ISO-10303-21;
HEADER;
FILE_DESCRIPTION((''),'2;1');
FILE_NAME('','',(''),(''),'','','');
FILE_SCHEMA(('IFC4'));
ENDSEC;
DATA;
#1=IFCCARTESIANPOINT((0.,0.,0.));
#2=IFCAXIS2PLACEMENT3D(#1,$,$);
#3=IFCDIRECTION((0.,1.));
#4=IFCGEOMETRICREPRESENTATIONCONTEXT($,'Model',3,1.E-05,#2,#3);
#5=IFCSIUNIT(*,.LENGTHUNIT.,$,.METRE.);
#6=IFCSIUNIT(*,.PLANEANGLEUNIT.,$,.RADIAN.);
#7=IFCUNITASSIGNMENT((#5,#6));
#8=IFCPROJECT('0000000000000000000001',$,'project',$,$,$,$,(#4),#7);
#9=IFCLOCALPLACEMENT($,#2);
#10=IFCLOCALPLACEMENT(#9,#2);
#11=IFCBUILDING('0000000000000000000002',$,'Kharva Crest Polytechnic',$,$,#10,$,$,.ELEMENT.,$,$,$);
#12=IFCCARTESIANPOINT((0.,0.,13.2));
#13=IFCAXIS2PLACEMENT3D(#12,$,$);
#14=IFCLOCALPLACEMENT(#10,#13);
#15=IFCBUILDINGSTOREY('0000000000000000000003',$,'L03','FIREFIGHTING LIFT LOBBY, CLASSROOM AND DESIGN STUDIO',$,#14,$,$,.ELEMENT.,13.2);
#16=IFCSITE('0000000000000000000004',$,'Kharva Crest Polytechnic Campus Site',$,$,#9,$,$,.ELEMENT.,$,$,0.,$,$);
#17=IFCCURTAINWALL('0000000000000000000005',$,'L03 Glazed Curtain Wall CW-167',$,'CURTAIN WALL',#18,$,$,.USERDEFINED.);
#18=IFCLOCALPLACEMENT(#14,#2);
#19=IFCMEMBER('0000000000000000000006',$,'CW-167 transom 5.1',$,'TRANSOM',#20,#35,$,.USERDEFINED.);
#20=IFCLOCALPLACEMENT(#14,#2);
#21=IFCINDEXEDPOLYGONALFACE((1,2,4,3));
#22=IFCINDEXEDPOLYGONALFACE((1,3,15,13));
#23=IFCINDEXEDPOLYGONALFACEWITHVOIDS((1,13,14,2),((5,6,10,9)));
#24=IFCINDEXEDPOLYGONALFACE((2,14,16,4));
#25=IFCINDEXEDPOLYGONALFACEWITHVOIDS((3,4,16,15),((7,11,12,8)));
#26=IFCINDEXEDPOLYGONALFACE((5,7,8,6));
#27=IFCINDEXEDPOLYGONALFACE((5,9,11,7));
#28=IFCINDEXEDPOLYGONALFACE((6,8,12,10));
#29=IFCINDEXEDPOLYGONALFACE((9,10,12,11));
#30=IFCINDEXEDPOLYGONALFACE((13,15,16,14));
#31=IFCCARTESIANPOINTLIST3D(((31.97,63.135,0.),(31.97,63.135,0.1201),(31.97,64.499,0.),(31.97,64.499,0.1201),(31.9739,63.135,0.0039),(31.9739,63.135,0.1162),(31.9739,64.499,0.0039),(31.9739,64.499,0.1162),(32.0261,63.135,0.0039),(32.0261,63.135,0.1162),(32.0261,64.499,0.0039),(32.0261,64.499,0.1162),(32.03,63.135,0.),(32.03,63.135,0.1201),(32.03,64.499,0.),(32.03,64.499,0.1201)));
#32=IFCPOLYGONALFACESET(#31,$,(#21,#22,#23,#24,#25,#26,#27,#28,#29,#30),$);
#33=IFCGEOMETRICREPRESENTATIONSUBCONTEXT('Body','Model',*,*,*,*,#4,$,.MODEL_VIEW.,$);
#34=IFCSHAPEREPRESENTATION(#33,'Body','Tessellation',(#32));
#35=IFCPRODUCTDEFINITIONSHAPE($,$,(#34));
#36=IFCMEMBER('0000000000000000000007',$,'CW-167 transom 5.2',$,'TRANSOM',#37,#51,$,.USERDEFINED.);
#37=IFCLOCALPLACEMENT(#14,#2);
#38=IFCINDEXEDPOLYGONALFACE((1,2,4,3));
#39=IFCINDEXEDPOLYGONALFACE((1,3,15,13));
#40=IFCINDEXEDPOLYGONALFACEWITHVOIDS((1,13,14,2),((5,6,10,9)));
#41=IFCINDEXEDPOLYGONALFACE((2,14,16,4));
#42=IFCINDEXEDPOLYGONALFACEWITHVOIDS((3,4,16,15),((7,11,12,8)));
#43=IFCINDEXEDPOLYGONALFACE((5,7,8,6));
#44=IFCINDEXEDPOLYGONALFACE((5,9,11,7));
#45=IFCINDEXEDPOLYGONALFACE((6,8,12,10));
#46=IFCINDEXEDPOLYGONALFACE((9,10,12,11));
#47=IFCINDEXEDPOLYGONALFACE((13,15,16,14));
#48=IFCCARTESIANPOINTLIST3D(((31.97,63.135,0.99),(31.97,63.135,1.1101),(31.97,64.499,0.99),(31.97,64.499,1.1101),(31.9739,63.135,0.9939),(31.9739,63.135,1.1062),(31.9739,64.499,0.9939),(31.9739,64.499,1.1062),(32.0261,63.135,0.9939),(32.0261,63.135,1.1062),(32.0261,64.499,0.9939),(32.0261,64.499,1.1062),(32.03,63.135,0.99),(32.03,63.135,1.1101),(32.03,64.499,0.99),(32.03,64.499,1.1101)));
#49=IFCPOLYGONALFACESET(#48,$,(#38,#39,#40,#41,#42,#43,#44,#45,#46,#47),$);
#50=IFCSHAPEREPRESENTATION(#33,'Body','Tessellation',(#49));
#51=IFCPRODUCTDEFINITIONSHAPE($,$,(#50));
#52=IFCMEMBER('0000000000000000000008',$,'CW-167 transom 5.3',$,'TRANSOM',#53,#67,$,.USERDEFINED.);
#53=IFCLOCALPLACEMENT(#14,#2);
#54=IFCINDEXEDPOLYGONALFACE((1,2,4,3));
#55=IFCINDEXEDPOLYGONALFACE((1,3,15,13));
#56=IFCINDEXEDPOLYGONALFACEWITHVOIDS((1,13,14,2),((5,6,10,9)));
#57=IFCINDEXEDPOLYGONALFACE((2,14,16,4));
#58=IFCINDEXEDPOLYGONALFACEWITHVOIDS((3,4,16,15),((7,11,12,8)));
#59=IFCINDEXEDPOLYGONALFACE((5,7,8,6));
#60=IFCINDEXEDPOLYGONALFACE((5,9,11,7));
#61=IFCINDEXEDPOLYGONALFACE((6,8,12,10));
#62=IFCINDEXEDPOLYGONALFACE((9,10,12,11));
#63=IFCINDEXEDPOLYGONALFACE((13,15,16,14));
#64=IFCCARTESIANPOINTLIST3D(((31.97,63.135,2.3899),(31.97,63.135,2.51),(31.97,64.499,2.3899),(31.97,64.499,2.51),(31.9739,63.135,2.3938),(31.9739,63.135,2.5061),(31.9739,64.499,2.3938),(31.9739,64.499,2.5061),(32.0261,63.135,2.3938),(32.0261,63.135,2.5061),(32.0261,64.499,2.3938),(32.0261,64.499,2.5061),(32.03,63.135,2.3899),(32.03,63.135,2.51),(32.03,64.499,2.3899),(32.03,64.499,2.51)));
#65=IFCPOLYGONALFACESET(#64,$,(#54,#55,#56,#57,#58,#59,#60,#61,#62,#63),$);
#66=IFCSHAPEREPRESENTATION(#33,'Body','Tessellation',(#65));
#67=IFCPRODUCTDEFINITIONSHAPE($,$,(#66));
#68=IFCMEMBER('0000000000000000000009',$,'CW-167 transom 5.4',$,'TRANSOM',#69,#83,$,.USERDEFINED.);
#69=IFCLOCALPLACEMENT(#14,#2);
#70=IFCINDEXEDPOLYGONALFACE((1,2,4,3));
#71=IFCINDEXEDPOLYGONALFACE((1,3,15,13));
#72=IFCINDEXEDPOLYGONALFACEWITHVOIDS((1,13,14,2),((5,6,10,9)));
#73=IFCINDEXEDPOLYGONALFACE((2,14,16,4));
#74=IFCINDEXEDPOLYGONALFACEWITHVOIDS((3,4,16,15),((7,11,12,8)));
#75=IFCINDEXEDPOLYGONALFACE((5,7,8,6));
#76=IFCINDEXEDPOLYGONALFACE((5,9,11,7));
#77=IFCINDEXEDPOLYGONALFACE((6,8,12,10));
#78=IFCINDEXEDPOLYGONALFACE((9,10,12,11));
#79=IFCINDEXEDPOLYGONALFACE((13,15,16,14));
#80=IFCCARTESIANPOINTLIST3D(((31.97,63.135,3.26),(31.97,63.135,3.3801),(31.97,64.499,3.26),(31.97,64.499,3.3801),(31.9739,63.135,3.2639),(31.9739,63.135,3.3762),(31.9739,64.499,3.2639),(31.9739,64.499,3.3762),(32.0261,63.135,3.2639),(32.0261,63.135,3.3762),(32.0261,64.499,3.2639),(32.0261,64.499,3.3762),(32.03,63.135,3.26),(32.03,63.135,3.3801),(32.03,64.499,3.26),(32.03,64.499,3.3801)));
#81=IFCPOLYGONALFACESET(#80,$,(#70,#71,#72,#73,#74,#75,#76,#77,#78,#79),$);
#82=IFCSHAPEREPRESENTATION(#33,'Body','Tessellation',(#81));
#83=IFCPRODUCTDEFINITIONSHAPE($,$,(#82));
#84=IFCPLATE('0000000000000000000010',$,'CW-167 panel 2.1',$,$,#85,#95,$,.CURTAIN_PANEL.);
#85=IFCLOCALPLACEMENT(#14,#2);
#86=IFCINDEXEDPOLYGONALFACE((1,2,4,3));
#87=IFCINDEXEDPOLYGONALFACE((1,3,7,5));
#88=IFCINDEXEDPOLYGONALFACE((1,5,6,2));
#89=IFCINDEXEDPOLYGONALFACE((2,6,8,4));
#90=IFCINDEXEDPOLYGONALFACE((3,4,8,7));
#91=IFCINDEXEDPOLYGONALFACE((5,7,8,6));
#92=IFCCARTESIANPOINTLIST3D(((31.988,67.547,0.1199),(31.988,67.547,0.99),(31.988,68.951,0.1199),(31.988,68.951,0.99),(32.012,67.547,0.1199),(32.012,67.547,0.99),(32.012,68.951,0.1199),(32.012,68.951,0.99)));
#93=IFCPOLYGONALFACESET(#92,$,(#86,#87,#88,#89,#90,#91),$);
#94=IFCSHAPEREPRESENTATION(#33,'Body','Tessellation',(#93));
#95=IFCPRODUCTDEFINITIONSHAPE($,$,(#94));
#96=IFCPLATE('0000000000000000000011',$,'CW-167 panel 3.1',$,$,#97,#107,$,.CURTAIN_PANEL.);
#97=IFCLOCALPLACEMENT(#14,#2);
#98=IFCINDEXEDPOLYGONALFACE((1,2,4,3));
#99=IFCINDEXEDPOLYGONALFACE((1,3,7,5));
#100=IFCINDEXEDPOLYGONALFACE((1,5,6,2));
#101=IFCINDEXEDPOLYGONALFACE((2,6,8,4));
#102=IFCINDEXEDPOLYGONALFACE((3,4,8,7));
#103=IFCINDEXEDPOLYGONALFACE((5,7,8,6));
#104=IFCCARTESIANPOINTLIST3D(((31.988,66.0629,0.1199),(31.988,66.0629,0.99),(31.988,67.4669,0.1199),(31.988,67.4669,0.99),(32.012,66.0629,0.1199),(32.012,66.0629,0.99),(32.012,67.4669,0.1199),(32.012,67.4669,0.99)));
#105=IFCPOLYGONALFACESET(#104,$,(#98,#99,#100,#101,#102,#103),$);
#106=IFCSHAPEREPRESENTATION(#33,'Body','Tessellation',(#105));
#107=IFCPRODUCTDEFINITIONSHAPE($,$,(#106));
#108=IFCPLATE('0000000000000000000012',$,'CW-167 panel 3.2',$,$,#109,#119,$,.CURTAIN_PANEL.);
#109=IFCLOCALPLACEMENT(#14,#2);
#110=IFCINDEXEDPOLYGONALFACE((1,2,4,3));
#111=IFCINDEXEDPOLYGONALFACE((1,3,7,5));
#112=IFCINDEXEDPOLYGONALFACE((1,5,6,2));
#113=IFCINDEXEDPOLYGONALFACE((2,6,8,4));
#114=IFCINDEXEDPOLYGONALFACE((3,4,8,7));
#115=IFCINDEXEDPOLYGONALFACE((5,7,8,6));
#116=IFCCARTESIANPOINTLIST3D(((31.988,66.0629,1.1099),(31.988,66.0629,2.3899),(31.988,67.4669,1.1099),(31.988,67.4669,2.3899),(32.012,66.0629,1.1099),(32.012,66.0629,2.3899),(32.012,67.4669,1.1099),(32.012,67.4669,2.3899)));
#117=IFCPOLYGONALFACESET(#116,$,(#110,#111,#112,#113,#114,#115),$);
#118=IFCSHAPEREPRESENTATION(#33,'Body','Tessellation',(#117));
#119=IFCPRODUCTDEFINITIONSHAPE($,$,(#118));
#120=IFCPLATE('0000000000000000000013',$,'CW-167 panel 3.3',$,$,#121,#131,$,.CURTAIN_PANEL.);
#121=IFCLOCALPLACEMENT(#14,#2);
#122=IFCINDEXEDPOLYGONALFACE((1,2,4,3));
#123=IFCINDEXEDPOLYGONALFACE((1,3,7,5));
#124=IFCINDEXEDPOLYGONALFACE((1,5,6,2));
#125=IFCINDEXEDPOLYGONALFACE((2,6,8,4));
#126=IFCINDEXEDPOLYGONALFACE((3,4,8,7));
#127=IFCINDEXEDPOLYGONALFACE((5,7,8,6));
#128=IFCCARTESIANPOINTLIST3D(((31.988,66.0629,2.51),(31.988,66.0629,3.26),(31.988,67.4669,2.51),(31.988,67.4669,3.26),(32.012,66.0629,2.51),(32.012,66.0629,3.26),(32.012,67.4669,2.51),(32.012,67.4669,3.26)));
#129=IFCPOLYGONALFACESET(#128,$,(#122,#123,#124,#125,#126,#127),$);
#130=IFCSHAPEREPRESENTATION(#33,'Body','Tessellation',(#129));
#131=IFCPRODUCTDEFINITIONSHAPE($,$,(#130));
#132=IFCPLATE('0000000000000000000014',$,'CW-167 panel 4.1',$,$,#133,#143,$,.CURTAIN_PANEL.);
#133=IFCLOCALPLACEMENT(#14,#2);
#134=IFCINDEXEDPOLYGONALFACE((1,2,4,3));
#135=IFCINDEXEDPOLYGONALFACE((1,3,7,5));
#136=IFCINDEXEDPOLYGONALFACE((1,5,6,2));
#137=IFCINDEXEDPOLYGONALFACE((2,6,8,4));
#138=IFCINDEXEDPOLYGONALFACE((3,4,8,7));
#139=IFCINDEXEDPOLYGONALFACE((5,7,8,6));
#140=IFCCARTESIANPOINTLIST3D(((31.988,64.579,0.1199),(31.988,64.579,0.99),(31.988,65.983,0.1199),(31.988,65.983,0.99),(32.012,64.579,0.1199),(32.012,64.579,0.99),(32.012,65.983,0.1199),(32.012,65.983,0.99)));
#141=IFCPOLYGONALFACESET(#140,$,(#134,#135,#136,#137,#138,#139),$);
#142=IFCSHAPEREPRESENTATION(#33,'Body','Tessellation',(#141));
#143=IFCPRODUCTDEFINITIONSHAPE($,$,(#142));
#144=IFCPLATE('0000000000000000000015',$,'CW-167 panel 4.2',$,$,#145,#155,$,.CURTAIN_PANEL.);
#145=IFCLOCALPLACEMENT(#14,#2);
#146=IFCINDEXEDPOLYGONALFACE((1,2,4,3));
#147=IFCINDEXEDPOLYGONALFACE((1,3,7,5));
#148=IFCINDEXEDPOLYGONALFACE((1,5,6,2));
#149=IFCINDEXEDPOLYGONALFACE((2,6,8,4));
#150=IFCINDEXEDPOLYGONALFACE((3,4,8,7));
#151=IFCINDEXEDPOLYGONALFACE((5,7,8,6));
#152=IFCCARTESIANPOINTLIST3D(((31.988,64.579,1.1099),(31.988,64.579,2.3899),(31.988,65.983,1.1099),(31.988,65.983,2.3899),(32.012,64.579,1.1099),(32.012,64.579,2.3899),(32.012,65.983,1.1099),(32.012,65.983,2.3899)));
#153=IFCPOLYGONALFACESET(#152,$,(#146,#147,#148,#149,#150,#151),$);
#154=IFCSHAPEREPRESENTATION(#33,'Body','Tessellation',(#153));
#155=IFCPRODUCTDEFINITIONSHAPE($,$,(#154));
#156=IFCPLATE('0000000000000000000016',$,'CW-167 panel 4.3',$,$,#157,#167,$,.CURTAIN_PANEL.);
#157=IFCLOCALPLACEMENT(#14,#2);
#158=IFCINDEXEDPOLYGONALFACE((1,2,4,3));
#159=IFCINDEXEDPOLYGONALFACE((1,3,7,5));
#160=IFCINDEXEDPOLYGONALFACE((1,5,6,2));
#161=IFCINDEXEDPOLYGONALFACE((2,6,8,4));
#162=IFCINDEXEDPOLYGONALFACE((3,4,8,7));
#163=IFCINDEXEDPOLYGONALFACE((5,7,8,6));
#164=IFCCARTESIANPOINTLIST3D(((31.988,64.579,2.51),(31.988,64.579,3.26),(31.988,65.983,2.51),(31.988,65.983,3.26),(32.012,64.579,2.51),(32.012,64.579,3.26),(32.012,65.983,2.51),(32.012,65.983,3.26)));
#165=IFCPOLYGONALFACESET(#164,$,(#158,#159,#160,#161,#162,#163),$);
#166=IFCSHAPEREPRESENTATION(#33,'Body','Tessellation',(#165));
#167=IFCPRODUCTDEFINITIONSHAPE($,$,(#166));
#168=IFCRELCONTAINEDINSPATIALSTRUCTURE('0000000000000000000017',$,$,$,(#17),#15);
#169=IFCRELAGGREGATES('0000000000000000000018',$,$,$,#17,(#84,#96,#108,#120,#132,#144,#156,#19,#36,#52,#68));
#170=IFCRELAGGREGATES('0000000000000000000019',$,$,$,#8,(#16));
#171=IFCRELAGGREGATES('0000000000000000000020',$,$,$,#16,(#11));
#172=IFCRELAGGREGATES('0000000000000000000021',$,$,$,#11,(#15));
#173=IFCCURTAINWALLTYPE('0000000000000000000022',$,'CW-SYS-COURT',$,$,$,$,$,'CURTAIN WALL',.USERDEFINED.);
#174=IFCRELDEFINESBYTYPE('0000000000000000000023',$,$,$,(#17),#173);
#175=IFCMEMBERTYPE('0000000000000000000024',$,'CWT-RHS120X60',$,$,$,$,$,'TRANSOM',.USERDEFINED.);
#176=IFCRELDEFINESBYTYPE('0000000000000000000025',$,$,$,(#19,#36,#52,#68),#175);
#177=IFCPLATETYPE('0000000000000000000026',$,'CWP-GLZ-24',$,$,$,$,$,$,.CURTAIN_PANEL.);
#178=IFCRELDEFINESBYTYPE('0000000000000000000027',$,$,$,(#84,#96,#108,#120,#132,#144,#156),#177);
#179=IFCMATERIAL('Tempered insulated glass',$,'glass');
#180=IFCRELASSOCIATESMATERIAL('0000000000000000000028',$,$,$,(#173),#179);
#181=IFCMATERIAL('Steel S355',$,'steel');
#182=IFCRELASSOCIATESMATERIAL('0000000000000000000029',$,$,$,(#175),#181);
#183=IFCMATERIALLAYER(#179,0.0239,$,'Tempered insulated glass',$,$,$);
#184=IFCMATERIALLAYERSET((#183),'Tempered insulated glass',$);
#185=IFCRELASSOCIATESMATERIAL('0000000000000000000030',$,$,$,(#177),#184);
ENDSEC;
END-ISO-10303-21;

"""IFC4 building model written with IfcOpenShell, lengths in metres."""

from ifc_helpers import new_model, si_unit, direction, frame, origin, origin_2d, place, context, subcontext, project, spatial, rectangle, hollow_rectangle, extrude, material, layer, layer_set, material_profile, profile_set, type_object, element, aggregate, save


model = new_model("IFC4")

# Units and contexts
model_context = context("Model", 3, precision=1e-05, world=origin(), true_north=direction((0.0, 1.0)))
body_context = subcontext(model_context, "Body", "Model", "MODEL_VIEW")
ifc_project = project(units=[si_unit("LENGTHUNIT", "METRE"), si_unit("PLANEANGLEUNIT", "RADIAN")], contexts=[model_context])

# Site, building, storey
site_placement = place(None, origin())
site = spatial("IfcSite", under=ifc_project, at=site_placement, Name="Kharva Crest Polytechnic Campus Site", CompositionType="ELEMENT", RefElevation=0.0)
building_placement = place(site_placement, origin())
building = spatial("IfcBuilding", under=site, at=building_placement, Name="Kharva Crest Polytechnic", CompositionType="ELEMENT")
storey_placement = place(building_placement, frame((0.0, 0.0, 13.2)))
storey = spatial("IfcBuildingStorey", under=building, at=storey_placement, Name="L03", Description="FIREFIGHTING LIFT LOBBY, CLASSROOM AND DESIGN STUDIO", CompositionType="ELEMENT", Elevation=13.2)

# Curtain wall, members, plates
ifc_material_1 = material(Name="Tempered insulated glass", Category="glass")
curtain_wall_type = type_object("IfcCurtainWallType", Name="CW-SYS-COURT", ElementType="CURTAIN WALL", PredefinedType="USERDEFINED", material=ifc_material_1)
curtain_wall_placement = place(storey_placement, origin())
curtain_wall = element("IfcCurtainWall", 1, at=curtain_wall_placement, inside=storey, type_object=curtain_wall_type, Name="L03 Glazed Curtain Wall CW-167", ObjectType="CURTAIN WALL", PredefinedType="USERDEFINED")
ifc_material_2 = material(Name="Steel S355", Category="steel")
ifc_material_profile_1 = material_profile(ifc_material_2, hollow_rectangle(XDim=0.0601, YDim=0.1201, WallThickness=0.0039, at=origin_2d()), Name="RHS 120X60X4.0")
ifc_profile_set_1 = profile_set([ifc_material_profile_1], Name="Steel S355")
member_type_1 = type_object("IfcMemberType", Name="CWT-RHS120X60", ElementType="TRANSOM", PredefinedType="USERDEFINED", material=ifc_profile_set_1)
member_1_placement = place(storey_placement, frame((32.0, 64.499, 0.0601), z_axis=(0.0, -1.0, 0.0), x_axis=(1.0, 0.0, 0.0)))
member_1 = element("IfcMember", 2, at=member_1_placement, type_object=member_type_1, Name="CW-167 transom 5.1", ObjectType="TRANSOM", PredefinedType="USERDEFINED", context=body_context, shape_type="SweptSolid", body=[
    extrude(hollow_rectangle(XDim=0.0601, YDim=0.1201, WallThickness=0.0039, at=origin_2d()), origin(), (0.0, 0.0, 1.0), 1.364),
])
member_2_placement = place(storey_placement, frame((32.0, 64.499, 1.05), z_axis=(0.0, -1.0, 0.0), x_axis=(1.0, 0.0, 0.0)))
member_2 = element("IfcMember", 3, at=member_2_placement, type_object=member_type_1, Name="CW-167 transom 5.2", ObjectType="TRANSOM", PredefinedType="USERDEFINED", context=body_context, shape_type="SweptSolid", body=[
    extrude(hollow_rectangle(XDim=0.0601, YDim=0.1201, WallThickness=0.0039, at=origin_2d()), origin(), (0.0, 0.0, 1.0), 1.364),
])
member_3_placement = place(storey_placement, frame((32.0, 64.499, 2.45), z_axis=(0.0, -1.0, 0.0), x_axis=(1.0, 0.0, 0.0)))
member_3 = element("IfcMember", 4, at=member_3_placement, type_object=member_type_1, Name="CW-167 transom 5.3", ObjectType="TRANSOM", PredefinedType="USERDEFINED", context=body_context, shape_type="SweptSolid", body=[
    extrude(hollow_rectangle(XDim=0.0601, YDim=0.1201, WallThickness=0.0039, at=origin_2d()), origin(), (0.0, 0.0, 1.0), 1.364),
])
member_4_placement = place(storey_placement, frame((32.0, 64.499, 3.3201), z_axis=(0.0, -1.0, 0.0), x_axis=(1.0, 0.0, 0.0)))
member_4 = element("IfcMember", 5, at=member_4_placement, type_object=member_type_1, Name="CW-167 transom 5.4", ObjectType="TRANSOM", PredefinedType="USERDEFINED", context=body_context, shape_type="SweptSolid", body=[
    extrude(hollow_rectangle(XDim=0.0601, YDim=0.1201, WallThickness=0.0039, at=origin_2d()), origin(), (0.0, 0.0, 1.0), 1.364),
])
ifc_layer = layer(ifc_material_1, 0.0239, Name="Tempered insulated glass")
ifc_layer_set = layer_set([ifc_layer], Name="Tempered insulated glass")
plate_type = type_object("IfcPlateType", Name="CWP-GLZ-24", PredefinedType="CURTAIN_PANEL", material=ifc_layer_set)
plate_1_placement = place(storey_placement, frame((32.0, 68.249, 0.1199), z_axis=(0.0, 0.0, 1.0), x_axis=(0.0, -1.0, 0.0)))
plate_1 = element("IfcPlate", 6, at=plate_1_placement, type_object=plate_type, Name="CW-167 panel 2.1", PredefinedType="CURTAIN_PANEL", context=body_context, shape_type="SweptSolid", body=[
    extrude(rectangle(XDim=1.4041, YDim=0.0239, at=origin_2d()), origin(), (0.0, 0.0, 1.0), 0.8701),
])
plate_2_placement = place(storey_placement, frame((32.0, 66.7649, 0.1199), z_axis=(0.0, 0.0, 1.0), x_axis=(0.0, -1.0, 0.0)))
plate_2 = element("IfcPlate", 7, at=plate_2_placement, type_object=plate_type, Name="CW-167 panel 3.1", PredefinedType="CURTAIN_PANEL", context=body_context, shape_type="SweptSolid", body=[
    extrude(rectangle(XDim=1.4041, YDim=0.0239, at=origin_2d()), origin(), (0.0, 0.0, 1.0), 0.8701),
])
plate_3_placement = place(storey_placement, frame((32.0, 66.7649, 1.1099), z_axis=(0.0, 0.0, 1.0), x_axis=(0.0, -1.0, 0.0)))
plate_3 = element("IfcPlate", 8, at=plate_3_placement, type_object=plate_type, Name="CW-167 panel 3.2", PredefinedType="CURTAIN_PANEL", context=body_context, shape_type="SweptSolid", body=[
    extrude(rectangle(XDim=1.4041, YDim=0.0239, at=origin_2d()), origin(), (0.0, 0.0, 1.0), 1.28),
])
plate_4_placement = place(storey_placement, frame((32.0, 66.7649, 2.51), z_axis=(0.0, 0.0, 1.0), x_axis=(0.0, -1.0, 0.0)))
plate_4 = element("IfcPlate", 9, at=plate_4_placement, type_object=plate_type, Name="CW-167 panel 3.3", PredefinedType="CURTAIN_PANEL", context=body_context, shape_type="SweptSolid", body=[
    extrude(rectangle(XDim=1.4041, YDim=0.0239, at=origin_2d()), origin(), (0.0, 0.0, 1.0), 0.75),
])
plate_5_placement = place(storey_placement, frame((32.0, 65.281, 0.1199), z_axis=(0.0, 0.0, 1.0), x_axis=(0.0, -1.0, 0.0)))
plate_5 = element("IfcPlate", 10, at=plate_5_placement, type_object=plate_type, Name="CW-167 panel 4.1", PredefinedType="CURTAIN_PANEL", context=body_context, shape_type="SweptSolid", body=[
    extrude(rectangle(XDim=1.4041, YDim=0.0239, at=origin_2d()), origin(), (0.0, 0.0, 1.0), 0.8701),
])
plate_6_placement = place(storey_placement, frame((32.0, 65.281, 1.1099), z_axis=(0.0, 0.0, 1.0), x_axis=(0.0, -1.0, 0.0)))
plate_6 = element("IfcPlate", 11, at=plate_6_placement, type_object=plate_type, Name="CW-167 panel 4.2", PredefinedType="CURTAIN_PANEL", context=body_context, shape_type="SweptSolid", body=[
    extrude(rectangle(XDim=1.4041, YDim=0.0239, at=origin_2d()), origin(), (0.0, 0.0, 1.0), 1.28),
])
plate_7_placement = place(storey_placement, frame((32.0, 65.281, 2.51), z_axis=(0.0, 0.0, 1.0), x_axis=(0.0, -1.0, 0.0)))
plate_7 = element("IfcPlate", 12, at=plate_7_placement, type_object=plate_type, Name="CW-167 panel 4.3", PredefinedType="CURTAIN_PANEL", context=body_context, shape_type="SweptSolid", body=[
    extrude(rectangle(XDim=1.4041, YDim=0.0239, at=origin_2d()), origin(), (0.0, 0.0, 1.0), 0.75),
])
aggregate(curtain_wall, [plate_1, plate_2, plate_3, plate_4, plate_5, plate_6, plate_7, member_1, member_2, member_3, member_4])

save(model, "model.ifc")
